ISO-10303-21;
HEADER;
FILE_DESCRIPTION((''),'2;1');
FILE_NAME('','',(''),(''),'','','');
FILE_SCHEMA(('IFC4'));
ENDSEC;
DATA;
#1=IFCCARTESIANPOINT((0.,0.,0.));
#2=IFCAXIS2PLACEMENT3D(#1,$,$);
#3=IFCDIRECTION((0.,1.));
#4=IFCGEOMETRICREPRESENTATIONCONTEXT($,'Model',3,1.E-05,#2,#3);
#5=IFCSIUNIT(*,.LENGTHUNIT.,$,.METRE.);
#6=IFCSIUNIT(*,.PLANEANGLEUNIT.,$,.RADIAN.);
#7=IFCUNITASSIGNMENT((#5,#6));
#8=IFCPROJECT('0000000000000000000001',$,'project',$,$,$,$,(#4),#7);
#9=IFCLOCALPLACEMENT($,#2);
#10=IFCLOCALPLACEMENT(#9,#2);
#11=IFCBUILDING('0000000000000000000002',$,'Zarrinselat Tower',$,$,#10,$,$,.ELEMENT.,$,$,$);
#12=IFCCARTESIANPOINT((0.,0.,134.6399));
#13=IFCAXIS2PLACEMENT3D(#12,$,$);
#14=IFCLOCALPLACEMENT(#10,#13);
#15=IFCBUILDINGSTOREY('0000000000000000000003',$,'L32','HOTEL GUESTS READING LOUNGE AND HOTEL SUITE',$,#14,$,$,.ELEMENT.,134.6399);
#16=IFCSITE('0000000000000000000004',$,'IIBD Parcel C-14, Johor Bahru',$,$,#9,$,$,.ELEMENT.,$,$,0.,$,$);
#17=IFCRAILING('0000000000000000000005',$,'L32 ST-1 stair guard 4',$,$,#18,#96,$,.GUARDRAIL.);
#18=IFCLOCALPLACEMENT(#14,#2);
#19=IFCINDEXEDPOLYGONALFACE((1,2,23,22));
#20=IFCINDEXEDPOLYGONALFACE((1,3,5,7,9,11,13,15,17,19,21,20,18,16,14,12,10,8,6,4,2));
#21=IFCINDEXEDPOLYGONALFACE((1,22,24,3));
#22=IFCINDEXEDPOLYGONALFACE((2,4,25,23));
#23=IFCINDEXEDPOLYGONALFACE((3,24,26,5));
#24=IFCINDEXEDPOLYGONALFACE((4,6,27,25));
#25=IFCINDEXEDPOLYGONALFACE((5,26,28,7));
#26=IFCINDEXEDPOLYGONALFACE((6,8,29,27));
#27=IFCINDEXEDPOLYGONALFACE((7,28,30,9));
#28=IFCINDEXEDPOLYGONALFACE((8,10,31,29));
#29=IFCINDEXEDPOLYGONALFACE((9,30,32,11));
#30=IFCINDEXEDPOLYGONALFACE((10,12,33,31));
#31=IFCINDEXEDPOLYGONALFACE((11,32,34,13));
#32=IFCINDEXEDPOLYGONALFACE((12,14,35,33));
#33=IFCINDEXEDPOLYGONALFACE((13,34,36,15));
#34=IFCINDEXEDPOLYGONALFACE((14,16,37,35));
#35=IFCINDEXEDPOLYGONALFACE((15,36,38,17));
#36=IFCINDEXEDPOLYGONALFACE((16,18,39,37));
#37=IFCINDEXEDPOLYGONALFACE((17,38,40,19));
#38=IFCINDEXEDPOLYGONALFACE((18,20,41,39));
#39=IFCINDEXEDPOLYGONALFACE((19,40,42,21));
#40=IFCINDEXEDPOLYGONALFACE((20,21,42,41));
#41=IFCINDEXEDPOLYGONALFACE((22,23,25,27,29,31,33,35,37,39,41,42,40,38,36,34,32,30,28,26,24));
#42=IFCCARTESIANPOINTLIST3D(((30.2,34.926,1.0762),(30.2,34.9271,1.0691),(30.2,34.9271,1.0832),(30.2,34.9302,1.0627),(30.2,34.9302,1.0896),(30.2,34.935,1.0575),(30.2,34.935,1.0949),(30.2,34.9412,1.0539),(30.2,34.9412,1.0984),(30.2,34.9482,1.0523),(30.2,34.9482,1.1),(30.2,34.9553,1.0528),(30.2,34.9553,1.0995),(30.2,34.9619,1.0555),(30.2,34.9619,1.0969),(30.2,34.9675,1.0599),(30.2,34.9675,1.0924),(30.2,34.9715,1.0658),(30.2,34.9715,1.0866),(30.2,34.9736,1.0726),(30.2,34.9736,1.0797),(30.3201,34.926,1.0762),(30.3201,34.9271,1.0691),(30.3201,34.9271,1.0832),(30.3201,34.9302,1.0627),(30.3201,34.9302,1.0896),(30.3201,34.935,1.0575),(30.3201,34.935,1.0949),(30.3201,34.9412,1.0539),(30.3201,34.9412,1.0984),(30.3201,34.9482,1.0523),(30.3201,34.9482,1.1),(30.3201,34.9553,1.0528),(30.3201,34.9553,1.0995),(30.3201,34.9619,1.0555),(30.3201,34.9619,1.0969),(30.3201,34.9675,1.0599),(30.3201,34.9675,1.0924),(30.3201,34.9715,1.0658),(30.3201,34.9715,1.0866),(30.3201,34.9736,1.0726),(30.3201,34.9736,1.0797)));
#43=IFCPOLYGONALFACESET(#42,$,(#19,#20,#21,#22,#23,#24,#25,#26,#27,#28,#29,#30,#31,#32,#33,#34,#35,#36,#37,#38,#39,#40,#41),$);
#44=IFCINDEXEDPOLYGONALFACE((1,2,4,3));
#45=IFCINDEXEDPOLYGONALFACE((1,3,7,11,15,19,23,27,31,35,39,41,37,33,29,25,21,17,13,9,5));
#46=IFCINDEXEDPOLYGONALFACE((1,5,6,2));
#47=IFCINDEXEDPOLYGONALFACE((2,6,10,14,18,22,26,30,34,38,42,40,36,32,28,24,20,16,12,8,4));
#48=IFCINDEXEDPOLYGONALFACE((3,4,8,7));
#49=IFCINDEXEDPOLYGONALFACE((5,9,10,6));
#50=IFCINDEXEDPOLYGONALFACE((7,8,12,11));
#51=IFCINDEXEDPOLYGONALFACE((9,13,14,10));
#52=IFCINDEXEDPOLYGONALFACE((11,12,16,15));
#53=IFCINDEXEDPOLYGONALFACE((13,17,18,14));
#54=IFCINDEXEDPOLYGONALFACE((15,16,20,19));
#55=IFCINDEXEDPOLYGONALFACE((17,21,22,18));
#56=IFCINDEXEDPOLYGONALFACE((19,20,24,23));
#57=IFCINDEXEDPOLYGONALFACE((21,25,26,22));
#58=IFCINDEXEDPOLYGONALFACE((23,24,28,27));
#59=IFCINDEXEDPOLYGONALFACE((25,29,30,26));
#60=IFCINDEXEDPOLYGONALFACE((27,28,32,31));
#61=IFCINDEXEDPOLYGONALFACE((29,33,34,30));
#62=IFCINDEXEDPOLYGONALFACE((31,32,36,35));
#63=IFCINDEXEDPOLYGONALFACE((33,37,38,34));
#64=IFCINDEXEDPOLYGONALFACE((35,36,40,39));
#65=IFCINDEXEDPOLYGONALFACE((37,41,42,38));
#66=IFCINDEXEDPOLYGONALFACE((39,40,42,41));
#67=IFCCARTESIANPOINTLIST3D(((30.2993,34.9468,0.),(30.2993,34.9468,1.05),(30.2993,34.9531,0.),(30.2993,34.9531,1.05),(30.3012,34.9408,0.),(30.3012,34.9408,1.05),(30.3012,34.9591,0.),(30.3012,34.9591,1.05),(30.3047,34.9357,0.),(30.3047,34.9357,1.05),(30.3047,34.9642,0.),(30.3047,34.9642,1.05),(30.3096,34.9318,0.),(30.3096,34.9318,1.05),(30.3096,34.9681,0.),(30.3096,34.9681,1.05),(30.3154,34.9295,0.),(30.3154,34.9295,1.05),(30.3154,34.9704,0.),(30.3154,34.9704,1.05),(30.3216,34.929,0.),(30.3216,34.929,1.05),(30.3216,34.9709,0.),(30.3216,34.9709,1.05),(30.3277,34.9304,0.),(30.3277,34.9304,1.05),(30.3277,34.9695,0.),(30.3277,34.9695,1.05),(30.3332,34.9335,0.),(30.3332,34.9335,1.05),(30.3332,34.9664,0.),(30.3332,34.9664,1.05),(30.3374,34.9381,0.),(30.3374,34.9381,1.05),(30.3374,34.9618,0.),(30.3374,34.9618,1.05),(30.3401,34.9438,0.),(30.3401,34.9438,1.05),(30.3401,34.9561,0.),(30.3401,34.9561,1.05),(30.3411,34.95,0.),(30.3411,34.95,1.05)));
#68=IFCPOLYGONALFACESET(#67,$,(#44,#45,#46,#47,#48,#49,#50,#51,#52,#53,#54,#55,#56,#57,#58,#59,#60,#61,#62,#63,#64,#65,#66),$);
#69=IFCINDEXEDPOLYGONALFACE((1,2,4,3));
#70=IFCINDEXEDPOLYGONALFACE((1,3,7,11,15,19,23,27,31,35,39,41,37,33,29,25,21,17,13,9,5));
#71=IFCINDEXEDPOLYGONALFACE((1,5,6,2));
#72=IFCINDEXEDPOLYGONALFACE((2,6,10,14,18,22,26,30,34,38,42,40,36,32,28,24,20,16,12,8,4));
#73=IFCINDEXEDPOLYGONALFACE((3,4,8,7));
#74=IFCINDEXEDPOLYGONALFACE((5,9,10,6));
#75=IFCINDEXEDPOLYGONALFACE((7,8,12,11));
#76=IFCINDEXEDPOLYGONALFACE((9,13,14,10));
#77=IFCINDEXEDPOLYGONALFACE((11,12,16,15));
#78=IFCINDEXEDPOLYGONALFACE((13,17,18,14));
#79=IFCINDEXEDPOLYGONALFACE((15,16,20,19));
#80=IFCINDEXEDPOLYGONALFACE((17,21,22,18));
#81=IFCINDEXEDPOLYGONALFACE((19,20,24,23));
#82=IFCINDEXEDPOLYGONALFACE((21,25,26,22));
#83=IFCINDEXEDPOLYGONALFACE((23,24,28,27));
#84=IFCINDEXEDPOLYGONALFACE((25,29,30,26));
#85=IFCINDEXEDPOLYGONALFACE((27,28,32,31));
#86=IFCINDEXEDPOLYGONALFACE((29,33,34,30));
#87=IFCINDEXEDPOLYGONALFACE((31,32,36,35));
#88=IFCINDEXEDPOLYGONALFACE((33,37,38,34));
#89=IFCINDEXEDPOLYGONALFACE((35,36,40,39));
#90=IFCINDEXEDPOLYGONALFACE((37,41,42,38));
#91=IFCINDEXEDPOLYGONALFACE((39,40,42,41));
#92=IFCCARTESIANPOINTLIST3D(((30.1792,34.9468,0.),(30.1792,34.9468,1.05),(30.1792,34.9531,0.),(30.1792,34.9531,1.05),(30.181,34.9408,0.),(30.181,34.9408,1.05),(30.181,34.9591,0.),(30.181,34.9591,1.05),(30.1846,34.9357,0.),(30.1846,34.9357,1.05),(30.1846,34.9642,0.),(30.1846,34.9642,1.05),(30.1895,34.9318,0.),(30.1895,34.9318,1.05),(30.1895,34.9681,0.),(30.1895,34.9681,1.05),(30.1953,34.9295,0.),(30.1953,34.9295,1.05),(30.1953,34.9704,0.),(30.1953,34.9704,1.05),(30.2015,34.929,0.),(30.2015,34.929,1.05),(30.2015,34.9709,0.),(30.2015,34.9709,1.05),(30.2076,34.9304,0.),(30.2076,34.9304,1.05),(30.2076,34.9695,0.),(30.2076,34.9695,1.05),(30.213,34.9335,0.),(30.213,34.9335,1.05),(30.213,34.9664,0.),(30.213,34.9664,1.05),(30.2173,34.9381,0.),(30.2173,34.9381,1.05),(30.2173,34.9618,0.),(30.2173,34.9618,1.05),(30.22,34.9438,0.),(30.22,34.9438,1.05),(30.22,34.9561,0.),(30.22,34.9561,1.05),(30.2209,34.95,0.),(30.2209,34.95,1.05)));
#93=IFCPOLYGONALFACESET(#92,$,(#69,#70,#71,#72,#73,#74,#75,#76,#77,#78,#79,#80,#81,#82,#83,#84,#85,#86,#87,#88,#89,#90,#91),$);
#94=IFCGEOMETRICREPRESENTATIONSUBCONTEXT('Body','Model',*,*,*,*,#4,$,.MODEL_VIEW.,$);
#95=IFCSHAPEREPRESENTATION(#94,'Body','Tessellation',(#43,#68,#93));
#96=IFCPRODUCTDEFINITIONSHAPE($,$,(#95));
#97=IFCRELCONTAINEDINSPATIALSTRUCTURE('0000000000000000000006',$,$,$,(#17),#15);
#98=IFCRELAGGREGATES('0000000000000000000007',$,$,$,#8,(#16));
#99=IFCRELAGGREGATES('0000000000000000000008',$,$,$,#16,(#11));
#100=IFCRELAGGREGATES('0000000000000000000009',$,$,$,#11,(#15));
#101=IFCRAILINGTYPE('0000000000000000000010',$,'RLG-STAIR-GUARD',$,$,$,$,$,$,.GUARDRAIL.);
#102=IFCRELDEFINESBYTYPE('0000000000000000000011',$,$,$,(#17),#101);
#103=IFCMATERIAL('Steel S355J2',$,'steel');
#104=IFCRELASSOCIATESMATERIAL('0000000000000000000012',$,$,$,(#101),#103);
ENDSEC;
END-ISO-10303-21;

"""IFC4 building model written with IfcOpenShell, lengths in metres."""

from ifc_helpers import new_model, si_unit, direction, frame, origin, origin_2d, place, context, subcontext, project, spatial, circle, extrude, material, type_object, element, save


model = new_model("IFC4")

# Units and contexts
model_context = context("Model", 3, precision=1e-05, world=origin(), true_north=direction((0.0, 1.0)))
body_context = subcontext(model_context, "Body", "Model", "MODEL_VIEW")
ifc_project = project(units=[si_unit("LENGTHUNIT", "METRE"), si_unit("PLANEANGLEUNIT", "RADIAN")], contexts=[model_context])

# Site, building, storey
site_placement = place(None, origin())
site = spatial("IfcSite", under=ifc_project, at=site_placement, Name="IIBD Parcel C-14, Johor Bahru", CompositionType="ELEMENT", RefElevation=0.0)
building_placement = place(site_placement, origin())
building = spatial("IfcBuilding", under=site, at=building_placement, Name="Zarrinselat Tower", CompositionType="ELEMENT")
storey_placement = place(building_placement, frame((0.0, 0.0, 134.6399)))
storey = spatial("IfcBuildingStorey", under=building, at=storey_placement, Name="L32", Description="HOTEL GUESTS READING LOUNGE AND HOTEL SUITE", CompositionType="ELEMENT", Elevation=134.6399)

# Railing
ifc_material_1 = material(Name="Steel S355J2", Category="steel")
railing_type_1 = type_object("IfcRailingType", Name="RLG-STAIR-GUARD", PredefinedType="GUARDRAIL", material=ifc_material_1)
railing_1_placement = place(storey_placement, frame((30.3201, 34.95, 0.0)))
element("IfcRailing", 1, at=railing_1_placement, inside=storey, type_object=railing_type_1, Name="L32 ST-1 stair guard 4", PredefinedType="GUARDRAIL", context=body_context, shape_type="SweptSolid", body=[
    extrude(circle(Radius=0.0239, at=origin_2d()), frame((0.0, 0.0, 1.0762), z_axis=(-1.0, 0.0, 0.0), x_axis=(0.0, -1.0, 0.0)), (0.0, 0.0, 1.0), 0.1201),
    extrude(circle(Radius=0.021, at=origin_2d()), origin(), (0.0, 0.0, 1.0), 1.05),
    extrude(circle(Radius=0.021, at=origin_2d()), frame((-0.1201, 0.0, 0.0)), (0.0, 0.0, 1.0), 1.05),
])

save(model, "model.ifc")
